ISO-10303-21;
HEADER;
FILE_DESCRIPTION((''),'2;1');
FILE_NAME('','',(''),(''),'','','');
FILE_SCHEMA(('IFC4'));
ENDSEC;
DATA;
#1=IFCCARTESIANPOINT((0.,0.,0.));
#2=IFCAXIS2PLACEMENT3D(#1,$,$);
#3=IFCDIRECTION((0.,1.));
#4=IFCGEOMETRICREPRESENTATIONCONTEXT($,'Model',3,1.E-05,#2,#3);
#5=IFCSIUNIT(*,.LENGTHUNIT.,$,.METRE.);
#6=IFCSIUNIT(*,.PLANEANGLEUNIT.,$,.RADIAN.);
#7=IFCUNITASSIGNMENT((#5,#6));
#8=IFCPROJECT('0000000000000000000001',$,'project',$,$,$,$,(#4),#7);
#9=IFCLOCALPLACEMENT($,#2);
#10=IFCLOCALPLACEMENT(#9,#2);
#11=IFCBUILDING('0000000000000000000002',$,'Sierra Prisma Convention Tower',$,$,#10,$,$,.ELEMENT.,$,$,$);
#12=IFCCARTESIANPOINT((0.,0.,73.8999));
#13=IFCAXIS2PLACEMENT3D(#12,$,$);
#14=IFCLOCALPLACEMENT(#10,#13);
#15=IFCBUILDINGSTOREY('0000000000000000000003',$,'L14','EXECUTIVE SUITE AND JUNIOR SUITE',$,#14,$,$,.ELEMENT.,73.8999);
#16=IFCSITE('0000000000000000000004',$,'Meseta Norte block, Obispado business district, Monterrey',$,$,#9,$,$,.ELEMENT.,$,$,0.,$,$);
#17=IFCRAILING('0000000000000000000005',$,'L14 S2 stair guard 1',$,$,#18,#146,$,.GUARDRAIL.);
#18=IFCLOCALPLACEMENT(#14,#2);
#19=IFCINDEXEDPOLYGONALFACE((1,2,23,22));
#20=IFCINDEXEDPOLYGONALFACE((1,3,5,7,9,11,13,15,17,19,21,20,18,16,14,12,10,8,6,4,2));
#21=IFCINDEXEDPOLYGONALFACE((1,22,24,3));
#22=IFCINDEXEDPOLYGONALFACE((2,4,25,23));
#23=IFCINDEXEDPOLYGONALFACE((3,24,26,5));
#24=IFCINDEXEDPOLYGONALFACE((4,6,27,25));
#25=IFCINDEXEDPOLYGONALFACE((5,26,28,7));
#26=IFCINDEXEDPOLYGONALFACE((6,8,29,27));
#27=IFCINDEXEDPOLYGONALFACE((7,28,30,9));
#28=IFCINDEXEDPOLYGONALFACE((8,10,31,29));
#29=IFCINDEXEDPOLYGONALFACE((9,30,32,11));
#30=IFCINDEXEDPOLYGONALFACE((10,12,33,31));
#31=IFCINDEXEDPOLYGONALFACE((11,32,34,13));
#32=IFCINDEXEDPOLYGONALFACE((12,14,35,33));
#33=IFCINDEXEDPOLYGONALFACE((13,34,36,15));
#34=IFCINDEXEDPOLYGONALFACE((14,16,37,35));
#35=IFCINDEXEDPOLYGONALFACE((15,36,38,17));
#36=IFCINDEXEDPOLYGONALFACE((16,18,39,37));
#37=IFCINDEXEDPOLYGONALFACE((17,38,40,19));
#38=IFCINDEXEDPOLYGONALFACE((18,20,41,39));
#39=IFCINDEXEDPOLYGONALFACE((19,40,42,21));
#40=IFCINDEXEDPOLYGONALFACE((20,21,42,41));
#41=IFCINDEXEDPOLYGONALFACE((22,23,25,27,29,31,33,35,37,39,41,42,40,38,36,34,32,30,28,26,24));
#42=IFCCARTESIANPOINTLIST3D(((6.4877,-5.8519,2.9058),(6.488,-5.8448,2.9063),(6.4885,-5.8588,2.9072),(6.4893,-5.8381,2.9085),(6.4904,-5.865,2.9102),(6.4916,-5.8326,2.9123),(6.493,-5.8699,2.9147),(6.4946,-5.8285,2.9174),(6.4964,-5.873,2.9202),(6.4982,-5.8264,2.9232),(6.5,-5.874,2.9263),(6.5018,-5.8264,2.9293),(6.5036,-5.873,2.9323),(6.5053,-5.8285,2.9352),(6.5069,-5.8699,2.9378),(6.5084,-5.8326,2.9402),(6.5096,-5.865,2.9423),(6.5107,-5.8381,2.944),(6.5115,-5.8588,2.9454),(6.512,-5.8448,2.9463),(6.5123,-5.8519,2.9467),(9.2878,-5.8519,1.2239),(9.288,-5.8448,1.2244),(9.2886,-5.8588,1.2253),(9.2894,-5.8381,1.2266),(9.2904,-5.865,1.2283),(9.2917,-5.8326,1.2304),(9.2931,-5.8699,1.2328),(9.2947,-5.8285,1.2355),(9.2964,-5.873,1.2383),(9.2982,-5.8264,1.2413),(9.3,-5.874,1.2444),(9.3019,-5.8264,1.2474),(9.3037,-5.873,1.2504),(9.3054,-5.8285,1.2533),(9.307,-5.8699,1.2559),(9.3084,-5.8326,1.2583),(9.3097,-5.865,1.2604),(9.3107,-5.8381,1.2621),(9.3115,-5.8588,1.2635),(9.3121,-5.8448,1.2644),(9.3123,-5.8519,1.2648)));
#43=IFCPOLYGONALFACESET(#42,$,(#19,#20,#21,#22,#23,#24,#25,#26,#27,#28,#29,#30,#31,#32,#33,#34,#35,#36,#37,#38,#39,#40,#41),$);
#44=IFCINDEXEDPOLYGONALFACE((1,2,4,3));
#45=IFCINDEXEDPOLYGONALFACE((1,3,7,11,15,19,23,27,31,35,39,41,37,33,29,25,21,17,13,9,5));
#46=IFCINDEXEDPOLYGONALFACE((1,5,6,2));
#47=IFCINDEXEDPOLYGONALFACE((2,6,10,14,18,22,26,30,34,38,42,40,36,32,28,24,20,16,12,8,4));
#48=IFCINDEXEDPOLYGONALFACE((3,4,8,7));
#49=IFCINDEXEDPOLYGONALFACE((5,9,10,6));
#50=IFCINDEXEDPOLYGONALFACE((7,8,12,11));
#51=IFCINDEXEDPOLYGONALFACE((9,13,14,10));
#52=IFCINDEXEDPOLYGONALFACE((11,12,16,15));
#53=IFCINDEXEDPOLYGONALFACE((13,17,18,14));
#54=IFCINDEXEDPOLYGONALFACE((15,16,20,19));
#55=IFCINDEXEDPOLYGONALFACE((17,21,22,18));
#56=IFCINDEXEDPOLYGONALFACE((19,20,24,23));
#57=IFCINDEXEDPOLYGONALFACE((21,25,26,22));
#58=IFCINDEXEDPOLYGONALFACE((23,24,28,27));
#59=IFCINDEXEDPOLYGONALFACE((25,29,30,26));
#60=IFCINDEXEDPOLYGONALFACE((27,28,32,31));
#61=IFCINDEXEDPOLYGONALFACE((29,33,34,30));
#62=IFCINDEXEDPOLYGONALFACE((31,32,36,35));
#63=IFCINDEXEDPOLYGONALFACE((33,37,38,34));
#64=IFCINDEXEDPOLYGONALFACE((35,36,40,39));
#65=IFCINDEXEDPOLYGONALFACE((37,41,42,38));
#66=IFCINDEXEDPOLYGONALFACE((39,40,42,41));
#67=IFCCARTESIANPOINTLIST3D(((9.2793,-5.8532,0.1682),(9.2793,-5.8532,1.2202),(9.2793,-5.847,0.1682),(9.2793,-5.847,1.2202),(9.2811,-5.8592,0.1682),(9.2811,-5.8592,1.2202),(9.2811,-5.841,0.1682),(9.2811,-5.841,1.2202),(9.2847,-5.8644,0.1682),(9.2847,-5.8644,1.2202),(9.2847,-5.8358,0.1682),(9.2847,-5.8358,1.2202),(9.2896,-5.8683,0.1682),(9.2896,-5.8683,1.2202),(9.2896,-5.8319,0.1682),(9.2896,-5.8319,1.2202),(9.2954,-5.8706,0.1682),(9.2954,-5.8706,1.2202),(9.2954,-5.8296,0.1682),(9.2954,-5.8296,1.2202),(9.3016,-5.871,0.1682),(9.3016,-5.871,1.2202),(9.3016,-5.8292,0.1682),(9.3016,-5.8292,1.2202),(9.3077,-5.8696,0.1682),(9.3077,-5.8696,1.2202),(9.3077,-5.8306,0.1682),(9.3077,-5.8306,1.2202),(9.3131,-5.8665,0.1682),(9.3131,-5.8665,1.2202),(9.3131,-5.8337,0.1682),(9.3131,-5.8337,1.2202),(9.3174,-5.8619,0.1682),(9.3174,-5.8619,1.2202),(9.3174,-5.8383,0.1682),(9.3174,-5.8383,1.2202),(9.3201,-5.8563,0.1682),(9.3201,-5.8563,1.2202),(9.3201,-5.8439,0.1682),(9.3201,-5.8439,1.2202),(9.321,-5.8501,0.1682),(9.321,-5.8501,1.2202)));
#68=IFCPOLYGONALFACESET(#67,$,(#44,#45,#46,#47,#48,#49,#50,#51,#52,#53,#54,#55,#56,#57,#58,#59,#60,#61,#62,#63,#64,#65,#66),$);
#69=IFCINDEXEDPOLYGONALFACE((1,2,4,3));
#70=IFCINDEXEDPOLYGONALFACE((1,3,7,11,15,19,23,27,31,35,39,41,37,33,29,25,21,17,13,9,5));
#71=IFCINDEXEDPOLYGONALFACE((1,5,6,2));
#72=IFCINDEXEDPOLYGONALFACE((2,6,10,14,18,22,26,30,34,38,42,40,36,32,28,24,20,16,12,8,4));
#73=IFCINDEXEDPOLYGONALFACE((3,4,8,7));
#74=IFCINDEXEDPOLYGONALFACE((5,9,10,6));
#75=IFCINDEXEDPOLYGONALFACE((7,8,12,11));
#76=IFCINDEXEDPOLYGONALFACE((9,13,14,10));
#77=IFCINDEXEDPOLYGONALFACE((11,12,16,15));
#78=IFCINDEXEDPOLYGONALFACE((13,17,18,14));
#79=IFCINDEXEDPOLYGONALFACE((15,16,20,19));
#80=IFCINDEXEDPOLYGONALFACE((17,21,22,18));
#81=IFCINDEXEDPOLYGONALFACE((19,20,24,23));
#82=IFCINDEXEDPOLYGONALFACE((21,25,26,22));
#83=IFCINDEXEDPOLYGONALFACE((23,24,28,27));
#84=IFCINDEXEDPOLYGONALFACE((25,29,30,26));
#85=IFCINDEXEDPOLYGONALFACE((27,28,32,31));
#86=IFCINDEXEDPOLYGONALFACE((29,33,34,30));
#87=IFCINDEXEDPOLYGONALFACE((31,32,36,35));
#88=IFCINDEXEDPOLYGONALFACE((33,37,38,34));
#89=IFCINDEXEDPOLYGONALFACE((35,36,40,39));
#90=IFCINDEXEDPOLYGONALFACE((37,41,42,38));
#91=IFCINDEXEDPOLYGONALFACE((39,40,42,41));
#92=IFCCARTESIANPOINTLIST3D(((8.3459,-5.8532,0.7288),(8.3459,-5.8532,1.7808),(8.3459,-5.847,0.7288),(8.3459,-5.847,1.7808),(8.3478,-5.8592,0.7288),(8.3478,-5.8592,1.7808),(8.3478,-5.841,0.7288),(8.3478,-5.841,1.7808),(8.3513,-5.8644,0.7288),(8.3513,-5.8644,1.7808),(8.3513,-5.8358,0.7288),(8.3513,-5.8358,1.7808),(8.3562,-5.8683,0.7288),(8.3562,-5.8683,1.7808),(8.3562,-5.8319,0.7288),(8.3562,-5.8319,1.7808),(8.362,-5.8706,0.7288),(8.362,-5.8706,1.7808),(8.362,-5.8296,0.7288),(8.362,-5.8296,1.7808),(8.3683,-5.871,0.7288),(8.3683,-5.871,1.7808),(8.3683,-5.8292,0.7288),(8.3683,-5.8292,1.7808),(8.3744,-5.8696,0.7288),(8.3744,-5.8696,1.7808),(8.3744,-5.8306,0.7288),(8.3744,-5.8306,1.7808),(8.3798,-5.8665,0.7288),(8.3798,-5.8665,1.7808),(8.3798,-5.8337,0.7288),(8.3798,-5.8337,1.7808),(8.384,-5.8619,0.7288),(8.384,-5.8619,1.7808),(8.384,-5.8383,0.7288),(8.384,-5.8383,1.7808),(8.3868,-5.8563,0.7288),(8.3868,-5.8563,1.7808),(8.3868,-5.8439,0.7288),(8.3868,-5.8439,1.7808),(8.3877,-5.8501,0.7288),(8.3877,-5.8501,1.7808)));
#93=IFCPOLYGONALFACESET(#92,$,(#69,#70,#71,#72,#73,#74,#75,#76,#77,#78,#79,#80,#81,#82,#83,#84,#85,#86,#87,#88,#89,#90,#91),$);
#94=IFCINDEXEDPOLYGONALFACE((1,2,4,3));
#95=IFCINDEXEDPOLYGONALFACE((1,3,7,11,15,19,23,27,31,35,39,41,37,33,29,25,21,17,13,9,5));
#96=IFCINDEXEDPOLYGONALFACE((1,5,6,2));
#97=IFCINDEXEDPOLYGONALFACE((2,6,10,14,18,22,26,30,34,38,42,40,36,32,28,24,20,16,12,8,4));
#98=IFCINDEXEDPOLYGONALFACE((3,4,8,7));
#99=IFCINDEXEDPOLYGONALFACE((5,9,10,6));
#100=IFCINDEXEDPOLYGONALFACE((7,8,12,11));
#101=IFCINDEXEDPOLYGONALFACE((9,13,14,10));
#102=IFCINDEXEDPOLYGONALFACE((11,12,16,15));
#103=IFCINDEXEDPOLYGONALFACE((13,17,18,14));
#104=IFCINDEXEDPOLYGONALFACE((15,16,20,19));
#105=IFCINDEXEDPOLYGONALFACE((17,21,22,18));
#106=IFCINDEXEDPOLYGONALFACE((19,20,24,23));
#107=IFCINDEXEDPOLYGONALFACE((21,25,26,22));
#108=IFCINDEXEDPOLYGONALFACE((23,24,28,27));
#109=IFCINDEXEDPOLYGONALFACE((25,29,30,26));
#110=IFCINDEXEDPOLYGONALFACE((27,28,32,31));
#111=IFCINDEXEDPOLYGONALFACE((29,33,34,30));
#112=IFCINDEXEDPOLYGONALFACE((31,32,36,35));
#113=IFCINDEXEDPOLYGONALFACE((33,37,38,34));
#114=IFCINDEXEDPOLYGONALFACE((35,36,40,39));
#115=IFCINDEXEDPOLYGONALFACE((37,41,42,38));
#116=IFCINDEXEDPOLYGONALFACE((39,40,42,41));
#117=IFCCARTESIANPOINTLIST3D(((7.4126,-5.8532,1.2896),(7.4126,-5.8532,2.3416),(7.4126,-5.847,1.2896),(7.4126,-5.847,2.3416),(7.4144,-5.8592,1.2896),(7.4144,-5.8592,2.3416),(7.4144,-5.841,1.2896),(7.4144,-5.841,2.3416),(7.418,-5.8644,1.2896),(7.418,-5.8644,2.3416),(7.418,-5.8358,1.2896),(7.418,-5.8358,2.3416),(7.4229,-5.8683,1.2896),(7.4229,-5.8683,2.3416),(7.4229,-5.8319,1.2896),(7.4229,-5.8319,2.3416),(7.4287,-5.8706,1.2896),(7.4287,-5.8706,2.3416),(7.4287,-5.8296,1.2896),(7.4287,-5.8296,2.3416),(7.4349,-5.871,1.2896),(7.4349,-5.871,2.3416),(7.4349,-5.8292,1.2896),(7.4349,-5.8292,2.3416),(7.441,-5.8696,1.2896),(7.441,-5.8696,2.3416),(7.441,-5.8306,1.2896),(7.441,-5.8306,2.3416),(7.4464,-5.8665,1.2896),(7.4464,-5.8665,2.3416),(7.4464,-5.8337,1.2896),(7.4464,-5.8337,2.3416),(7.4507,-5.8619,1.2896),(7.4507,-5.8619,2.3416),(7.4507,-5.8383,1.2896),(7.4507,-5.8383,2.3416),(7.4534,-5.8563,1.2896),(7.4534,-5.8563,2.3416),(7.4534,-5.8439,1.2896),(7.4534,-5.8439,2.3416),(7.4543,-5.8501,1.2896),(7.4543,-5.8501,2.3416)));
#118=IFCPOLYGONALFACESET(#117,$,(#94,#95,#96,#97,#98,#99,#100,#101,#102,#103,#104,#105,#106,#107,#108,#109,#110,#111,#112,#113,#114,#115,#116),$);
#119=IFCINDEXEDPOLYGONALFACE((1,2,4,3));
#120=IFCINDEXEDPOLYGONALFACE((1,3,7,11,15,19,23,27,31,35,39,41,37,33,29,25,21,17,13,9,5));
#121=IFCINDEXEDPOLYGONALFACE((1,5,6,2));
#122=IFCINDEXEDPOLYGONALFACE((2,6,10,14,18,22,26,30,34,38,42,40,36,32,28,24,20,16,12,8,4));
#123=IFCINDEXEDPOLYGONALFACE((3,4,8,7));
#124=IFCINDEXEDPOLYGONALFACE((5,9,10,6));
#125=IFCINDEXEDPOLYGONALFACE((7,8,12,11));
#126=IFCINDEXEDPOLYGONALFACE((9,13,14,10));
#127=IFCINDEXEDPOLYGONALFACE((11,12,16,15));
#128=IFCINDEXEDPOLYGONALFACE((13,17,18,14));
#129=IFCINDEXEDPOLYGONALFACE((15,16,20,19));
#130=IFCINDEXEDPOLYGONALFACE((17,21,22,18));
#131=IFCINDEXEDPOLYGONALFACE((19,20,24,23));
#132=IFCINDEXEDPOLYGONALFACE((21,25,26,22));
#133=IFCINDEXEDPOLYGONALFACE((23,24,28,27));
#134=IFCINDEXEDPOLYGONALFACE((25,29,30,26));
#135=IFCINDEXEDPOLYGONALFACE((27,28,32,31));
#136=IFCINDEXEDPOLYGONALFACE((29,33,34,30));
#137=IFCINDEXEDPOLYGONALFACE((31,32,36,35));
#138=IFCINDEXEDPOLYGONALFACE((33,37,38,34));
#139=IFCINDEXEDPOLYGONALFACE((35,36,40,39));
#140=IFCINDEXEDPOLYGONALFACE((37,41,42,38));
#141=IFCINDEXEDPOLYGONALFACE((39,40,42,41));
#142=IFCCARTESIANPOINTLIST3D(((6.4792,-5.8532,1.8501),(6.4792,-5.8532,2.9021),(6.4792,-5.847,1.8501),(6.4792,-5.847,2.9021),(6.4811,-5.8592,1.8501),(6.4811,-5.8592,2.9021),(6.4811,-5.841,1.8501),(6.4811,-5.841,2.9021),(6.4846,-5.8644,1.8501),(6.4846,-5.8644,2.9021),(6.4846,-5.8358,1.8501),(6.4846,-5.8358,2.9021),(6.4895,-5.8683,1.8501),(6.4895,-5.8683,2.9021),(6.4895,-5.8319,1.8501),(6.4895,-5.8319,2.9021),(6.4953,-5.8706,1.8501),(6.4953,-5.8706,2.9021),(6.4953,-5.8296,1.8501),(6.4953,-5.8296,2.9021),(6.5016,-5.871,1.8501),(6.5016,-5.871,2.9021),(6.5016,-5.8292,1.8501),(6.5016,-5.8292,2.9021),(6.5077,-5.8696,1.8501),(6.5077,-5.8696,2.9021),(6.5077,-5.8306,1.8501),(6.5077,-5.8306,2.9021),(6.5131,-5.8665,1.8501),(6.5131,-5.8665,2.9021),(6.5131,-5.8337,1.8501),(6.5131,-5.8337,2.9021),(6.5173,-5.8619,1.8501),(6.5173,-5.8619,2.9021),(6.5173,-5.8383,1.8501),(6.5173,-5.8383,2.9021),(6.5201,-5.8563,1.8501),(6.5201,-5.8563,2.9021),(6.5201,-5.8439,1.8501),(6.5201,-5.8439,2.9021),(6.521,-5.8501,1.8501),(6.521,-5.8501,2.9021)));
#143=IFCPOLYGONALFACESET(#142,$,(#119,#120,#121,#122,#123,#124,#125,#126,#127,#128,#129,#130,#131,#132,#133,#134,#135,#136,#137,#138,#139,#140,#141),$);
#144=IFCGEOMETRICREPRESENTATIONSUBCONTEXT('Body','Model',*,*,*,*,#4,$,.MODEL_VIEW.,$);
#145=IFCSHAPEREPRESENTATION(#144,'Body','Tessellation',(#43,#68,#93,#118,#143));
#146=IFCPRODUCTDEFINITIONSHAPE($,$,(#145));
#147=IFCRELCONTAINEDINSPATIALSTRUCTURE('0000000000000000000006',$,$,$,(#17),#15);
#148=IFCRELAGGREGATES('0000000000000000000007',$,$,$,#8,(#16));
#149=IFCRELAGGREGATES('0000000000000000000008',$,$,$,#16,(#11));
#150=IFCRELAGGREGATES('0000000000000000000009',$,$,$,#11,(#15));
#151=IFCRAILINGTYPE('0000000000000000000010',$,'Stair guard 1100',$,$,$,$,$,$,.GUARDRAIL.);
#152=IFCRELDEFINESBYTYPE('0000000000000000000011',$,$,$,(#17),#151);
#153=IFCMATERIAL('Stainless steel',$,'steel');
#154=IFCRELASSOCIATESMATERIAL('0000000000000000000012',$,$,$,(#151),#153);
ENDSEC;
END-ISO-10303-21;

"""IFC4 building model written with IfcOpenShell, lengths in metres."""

from ifc_helpers import new_model, si_unit, direction, frame, origin, origin_2d, place, context, subcontext, project, spatial, circle, extrude, material, type_object, element, save


model = new_model("IFC4")

# Units and contexts
model_context = context("Model", 3, precision=1e-05, world=origin(), true_north=direction((0.0, 1.0)))
body_context = subcontext(model_context, "Body", "Model", "MODEL_VIEW")
ifc_project = project(units=[si_unit("LENGTHUNIT", "METRE"), si_unit("PLANEANGLEUNIT", "RADIAN")], contexts=[model_context])

# Site, building, storey
site_placement = place(None, origin())
site = spatial("IfcSite", under=ifc_project, at=site_placement, Name="Meseta Norte block, Obispado business district, Monterrey", CompositionType="ELEMENT", RefElevation=0.0)
building_placement = place(site_placement, origin())
building = spatial("IfcBuilding", under=site, at=building_placement, Name="Sierra Prisma Convention Tower", CompositionType="ELEMENT")
storey_placement = place(building_placement, frame((0.0, 0.0, 73.8999)))
storey = spatial("IfcBuildingStorey", under=building, at=storey_placement, Name="L14", Description="EXECUTIVE SUITE AND JUNIOR SUITE", CompositionType="ELEMENT", Elevation=73.8999)

# Railing
ifc_material_1 = material(Name="Stainless steel", Category="steel")
railing_type_1 = type_object("IfcRailingType", Name="Stair guard 1100", PredefinedType="GUARDRAIL", material=ifc_material_1)
railing_1_placement = place(storey_placement, frame((9.3, -5.8501, 0.1682)))
element("IfcRailing", 1, at=railing_1_placement, inside=storey, type_object=railing_type_1, Name="L14 S2 stair guard 1", PredefinedType="GUARDRAIL", context=body_context, shape_type="SweptSolid", body=[
    extrude(circle(Radius=0.0239, at=origin_2d()), frame((0.0, 0.0, 1.0762), z_axis=(-0.857242, 0.0, 0.514913), x_axis=(0.0, -1.0, 0.0)), (0.0, 0.0, 1.0), 3.2664),
    extrude(circle(Radius=0.021, at=origin_2d()), origin(), (0.0, 0.0, 1.0), 1.052),
    extrude(circle(Radius=0.021, at=origin_2d()), frame((-0.9333, 0.0, 0.5605)), (0.0, 0.0, 1.0), 1.052),
    extrude(circle(Radius=0.021, at=origin_2d()), frame((-1.8667, 0.0, 1.1213)), (0.0, 0.0, 1.0), 1.052),
    extrude(circle(Radius=0.021, at=origin_2d()), frame((-2.8, 0.0, 1.6819)), (0.0, 0.0, 1.0), 1.052),
])

save(model, "model.ifc")
